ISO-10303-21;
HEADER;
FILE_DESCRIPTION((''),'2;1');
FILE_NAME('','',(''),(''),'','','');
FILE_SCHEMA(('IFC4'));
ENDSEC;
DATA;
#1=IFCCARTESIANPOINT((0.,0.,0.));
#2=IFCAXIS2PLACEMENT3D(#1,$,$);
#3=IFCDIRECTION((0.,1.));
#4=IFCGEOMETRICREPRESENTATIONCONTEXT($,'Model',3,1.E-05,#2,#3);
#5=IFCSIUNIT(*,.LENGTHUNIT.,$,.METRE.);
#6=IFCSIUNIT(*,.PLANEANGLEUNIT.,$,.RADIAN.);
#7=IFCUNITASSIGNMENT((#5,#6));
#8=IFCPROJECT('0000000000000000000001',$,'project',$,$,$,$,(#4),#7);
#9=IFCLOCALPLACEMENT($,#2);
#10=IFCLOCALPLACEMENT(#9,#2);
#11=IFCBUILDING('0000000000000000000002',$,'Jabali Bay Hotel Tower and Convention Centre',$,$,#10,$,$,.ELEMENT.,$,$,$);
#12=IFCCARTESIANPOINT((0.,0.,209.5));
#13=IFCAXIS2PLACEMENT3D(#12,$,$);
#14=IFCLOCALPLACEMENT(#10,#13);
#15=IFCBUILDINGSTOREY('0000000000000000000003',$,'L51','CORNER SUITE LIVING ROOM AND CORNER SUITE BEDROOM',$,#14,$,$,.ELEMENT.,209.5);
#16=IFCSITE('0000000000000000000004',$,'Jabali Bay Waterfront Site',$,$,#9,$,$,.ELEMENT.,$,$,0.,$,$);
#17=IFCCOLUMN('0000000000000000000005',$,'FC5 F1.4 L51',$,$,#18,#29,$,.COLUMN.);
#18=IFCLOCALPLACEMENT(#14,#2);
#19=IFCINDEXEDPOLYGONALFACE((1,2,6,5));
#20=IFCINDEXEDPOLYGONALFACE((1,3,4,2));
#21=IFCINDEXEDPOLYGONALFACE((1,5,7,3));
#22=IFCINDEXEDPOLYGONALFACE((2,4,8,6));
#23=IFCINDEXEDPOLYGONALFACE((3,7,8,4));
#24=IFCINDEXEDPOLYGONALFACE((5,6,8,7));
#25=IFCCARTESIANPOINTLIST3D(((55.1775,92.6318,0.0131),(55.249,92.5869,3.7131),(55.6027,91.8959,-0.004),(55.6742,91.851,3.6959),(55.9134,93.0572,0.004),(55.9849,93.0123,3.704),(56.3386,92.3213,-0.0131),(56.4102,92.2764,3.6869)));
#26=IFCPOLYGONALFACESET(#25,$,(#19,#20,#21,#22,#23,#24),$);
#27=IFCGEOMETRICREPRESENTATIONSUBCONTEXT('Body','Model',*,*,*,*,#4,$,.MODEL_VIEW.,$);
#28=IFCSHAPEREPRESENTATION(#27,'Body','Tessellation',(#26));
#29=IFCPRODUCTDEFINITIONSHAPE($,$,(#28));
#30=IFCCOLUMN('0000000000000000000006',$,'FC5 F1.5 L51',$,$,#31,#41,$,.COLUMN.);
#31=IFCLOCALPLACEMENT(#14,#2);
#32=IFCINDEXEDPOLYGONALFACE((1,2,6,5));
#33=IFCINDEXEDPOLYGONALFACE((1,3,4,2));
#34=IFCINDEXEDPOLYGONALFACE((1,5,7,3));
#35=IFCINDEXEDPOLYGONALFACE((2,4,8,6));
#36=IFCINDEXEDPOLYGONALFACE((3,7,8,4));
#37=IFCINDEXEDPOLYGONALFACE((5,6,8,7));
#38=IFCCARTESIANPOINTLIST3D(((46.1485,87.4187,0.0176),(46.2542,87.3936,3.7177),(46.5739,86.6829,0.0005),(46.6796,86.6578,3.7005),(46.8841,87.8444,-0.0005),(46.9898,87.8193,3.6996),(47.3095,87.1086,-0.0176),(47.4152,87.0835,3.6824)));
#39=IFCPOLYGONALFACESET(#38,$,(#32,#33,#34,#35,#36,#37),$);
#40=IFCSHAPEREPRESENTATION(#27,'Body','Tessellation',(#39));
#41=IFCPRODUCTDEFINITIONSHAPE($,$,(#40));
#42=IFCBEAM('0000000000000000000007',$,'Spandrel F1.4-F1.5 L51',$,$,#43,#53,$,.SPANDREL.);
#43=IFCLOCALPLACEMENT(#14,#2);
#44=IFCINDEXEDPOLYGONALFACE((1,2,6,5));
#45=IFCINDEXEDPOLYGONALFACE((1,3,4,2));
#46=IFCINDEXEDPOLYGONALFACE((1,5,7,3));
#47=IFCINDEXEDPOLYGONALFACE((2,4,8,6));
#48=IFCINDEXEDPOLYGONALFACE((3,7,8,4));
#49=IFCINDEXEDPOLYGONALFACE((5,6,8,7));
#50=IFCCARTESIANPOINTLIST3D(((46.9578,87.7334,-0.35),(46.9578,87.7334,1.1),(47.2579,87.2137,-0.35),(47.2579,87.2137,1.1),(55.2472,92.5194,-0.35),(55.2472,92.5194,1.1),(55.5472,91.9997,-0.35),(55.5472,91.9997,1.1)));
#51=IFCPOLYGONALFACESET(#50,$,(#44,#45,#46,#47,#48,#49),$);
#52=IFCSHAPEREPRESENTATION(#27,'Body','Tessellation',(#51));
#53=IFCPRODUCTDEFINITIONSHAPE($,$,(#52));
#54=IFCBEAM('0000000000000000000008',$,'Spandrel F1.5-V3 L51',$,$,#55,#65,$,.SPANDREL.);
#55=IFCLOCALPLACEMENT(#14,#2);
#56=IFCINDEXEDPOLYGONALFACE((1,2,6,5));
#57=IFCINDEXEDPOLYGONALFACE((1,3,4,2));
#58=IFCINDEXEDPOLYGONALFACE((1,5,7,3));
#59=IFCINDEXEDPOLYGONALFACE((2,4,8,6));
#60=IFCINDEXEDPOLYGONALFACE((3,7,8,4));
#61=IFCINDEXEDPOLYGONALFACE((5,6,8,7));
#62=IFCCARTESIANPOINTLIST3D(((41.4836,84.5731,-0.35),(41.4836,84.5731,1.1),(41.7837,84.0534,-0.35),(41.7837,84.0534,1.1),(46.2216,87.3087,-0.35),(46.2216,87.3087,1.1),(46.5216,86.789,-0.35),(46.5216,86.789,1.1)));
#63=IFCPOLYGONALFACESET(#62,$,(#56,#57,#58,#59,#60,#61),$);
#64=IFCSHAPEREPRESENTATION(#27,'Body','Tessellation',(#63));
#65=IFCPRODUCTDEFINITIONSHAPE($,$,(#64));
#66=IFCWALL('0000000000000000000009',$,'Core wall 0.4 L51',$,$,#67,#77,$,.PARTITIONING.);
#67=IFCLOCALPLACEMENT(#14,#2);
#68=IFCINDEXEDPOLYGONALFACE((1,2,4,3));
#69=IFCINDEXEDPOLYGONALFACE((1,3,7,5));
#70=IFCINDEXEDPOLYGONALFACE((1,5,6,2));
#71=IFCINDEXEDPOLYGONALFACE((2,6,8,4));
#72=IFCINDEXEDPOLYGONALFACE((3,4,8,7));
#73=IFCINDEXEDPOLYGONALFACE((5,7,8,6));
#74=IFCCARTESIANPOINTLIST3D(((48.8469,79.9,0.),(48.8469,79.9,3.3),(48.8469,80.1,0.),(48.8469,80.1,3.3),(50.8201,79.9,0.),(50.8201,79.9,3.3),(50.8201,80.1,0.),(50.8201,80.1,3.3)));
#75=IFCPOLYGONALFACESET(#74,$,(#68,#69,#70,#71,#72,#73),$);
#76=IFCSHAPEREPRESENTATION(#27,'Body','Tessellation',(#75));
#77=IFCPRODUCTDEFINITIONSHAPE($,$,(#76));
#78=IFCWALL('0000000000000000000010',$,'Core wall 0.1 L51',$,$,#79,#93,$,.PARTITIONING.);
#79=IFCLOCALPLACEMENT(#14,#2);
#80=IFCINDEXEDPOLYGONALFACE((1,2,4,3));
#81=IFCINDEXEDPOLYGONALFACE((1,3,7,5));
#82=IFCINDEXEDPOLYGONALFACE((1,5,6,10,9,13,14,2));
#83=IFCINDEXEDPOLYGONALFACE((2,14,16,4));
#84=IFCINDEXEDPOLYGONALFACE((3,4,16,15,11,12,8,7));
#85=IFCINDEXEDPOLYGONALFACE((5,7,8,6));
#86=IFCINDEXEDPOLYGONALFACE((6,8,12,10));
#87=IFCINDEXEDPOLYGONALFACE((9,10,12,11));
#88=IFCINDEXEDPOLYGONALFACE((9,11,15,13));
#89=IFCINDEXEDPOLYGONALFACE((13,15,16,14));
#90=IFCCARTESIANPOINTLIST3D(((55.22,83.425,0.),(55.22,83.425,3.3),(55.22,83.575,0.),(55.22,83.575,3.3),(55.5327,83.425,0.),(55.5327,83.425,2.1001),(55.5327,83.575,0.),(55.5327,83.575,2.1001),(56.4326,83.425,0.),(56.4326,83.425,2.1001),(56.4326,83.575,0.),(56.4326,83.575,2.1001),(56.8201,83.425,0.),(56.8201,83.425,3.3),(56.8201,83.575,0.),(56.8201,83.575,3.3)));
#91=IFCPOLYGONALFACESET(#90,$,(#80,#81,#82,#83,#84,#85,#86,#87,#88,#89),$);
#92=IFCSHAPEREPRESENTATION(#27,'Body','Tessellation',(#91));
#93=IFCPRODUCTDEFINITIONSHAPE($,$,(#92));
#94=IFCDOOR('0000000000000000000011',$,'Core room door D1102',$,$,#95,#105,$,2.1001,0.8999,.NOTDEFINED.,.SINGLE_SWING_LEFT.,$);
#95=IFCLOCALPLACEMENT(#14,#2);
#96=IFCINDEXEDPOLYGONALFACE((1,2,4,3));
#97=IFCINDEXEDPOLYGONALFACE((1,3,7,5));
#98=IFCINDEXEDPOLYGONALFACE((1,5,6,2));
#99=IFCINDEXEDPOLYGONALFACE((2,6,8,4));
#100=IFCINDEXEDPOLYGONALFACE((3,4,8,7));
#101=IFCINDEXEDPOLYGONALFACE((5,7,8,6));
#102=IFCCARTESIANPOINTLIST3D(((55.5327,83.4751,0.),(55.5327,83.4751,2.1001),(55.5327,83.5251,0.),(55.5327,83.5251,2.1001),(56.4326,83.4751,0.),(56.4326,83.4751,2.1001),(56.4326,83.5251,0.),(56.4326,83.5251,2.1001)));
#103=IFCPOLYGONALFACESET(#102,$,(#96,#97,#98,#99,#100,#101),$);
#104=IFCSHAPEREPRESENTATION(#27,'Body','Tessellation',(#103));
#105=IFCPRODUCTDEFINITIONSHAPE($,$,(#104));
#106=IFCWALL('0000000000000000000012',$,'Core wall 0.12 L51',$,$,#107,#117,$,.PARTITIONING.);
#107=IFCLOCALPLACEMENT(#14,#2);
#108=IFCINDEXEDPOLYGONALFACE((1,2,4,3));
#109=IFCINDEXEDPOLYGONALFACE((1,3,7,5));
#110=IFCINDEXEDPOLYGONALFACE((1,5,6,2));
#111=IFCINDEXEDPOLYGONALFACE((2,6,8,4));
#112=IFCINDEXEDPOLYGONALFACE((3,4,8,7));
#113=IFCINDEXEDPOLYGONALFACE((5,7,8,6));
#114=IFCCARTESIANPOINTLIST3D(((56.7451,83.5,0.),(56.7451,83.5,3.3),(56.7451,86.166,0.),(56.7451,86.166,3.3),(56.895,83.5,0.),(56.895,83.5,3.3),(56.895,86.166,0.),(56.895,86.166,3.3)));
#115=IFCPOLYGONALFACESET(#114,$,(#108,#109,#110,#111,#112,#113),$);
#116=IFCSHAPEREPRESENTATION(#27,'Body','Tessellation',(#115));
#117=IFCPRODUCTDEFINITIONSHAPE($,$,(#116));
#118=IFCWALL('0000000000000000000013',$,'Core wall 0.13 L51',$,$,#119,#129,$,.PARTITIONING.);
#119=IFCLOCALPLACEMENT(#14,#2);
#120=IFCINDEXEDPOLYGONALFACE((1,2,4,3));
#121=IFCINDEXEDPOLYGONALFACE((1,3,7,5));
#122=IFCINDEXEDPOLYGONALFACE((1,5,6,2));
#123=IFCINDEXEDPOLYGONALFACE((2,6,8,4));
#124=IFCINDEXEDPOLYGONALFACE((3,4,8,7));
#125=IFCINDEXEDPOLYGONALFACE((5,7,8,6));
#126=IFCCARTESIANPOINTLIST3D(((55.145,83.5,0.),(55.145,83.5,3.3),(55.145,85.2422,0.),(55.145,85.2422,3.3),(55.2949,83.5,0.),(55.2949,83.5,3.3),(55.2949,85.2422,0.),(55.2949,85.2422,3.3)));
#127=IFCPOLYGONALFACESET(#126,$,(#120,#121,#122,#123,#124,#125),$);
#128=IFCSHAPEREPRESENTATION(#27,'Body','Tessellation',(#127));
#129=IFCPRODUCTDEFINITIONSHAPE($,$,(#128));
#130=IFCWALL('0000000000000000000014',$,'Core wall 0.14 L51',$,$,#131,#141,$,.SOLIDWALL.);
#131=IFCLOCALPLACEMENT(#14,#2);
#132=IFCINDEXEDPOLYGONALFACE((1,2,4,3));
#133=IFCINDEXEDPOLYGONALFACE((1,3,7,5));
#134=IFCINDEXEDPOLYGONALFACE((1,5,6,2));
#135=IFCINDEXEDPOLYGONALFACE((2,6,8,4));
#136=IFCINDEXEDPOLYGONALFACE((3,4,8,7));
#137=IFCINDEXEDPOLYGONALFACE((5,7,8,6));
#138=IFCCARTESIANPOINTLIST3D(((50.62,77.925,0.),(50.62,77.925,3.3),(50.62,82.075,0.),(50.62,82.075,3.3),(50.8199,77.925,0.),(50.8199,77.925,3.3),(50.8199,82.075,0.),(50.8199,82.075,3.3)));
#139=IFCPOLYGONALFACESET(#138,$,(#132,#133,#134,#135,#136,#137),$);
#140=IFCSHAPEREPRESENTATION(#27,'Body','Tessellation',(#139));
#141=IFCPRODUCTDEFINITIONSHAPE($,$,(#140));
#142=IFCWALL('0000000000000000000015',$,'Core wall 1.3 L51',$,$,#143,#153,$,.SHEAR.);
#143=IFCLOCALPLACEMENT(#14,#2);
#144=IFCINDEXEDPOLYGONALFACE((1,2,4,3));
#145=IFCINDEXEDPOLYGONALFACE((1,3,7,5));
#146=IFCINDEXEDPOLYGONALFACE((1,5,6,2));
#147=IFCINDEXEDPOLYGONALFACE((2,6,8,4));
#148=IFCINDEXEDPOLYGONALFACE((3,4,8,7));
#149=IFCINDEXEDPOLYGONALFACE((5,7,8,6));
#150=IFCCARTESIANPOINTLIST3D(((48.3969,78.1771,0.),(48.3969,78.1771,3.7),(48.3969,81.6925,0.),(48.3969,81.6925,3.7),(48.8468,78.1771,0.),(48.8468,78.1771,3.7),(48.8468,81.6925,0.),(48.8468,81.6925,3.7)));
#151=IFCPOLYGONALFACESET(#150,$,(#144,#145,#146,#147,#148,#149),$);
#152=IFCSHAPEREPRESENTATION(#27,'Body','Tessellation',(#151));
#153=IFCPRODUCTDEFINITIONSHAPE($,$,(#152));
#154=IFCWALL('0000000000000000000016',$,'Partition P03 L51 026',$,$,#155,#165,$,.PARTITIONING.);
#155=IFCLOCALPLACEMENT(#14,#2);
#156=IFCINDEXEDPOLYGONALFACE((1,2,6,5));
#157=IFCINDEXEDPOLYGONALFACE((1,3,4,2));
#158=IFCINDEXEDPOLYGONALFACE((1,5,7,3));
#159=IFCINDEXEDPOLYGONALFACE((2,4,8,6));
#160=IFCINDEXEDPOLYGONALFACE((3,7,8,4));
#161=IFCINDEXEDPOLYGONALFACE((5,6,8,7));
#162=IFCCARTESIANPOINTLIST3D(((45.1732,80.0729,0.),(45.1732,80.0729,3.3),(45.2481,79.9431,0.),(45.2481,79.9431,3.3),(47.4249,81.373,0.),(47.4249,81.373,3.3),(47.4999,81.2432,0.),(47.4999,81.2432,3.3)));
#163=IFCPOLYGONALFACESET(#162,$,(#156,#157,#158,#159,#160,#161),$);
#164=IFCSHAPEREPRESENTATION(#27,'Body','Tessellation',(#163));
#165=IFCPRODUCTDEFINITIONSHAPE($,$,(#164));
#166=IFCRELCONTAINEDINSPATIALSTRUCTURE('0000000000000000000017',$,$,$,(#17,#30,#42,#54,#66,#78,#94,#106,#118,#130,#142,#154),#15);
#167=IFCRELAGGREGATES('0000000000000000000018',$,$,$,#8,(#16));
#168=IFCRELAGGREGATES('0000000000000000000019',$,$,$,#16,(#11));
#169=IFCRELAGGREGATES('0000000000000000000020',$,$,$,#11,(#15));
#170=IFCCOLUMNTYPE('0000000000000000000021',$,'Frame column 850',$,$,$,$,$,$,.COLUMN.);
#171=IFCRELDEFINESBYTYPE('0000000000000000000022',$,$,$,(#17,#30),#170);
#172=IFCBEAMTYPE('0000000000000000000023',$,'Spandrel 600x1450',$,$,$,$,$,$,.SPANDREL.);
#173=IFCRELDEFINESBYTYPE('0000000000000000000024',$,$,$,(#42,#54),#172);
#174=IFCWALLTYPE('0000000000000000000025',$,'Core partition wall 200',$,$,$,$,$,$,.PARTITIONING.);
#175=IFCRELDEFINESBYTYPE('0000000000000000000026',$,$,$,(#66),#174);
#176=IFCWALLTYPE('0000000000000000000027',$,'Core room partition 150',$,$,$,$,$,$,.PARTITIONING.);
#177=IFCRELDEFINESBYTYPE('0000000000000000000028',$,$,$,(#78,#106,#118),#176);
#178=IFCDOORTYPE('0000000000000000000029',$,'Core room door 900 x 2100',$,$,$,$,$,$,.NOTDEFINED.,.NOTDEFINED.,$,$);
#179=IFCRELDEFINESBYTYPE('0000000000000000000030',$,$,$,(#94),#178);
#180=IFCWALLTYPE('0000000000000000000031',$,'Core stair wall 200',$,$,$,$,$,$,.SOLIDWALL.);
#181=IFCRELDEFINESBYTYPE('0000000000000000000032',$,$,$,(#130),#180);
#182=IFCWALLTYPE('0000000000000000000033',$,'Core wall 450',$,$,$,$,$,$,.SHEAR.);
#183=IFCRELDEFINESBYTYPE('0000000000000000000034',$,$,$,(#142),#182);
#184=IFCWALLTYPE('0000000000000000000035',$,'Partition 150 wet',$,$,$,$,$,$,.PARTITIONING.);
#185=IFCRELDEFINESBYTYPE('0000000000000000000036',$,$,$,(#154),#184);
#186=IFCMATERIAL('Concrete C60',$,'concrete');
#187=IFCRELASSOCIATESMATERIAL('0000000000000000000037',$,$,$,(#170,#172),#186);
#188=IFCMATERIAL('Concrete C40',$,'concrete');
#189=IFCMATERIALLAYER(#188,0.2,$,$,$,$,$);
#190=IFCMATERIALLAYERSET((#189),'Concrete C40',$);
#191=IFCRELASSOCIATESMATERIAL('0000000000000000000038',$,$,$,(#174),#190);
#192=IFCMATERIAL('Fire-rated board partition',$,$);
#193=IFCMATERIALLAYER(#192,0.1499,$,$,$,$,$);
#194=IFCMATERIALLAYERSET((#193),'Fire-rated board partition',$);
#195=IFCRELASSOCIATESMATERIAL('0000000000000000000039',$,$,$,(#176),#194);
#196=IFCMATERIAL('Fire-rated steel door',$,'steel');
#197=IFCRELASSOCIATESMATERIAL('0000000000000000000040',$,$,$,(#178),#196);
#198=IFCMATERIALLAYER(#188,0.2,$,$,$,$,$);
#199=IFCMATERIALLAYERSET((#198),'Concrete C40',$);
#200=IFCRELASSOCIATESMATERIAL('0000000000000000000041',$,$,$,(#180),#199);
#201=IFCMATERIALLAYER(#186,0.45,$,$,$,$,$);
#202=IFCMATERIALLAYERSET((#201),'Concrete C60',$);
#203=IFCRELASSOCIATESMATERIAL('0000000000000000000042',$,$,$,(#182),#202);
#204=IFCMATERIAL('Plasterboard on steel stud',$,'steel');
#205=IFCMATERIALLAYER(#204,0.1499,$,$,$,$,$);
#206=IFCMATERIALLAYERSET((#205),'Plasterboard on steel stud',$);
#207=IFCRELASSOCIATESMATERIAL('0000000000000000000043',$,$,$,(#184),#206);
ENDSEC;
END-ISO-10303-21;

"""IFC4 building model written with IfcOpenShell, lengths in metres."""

from ifc_helpers import new_model, si_unit, direction, frame, frame_2d, origin, origin_2d, place, context, subcontext, project, spatial, rectangle, extrude, material, layer, layer_set, material_profile, profile_set, type_object, element, fill, save


model = new_model("IFC4")

# Units and contexts
model_context = context("Model", 3, precision=1e-05, world=origin(), true_north=direction((0.0, 1.0)))
body_context = subcontext(model_context, "Body", "Model", "MODEL_VIEW")
ifc_project = project(units=[si_unit("LENGTHUNIT", "METRE"), si_unit("PLANEANGLEUNIT", "RADIAN")], contexts=[model_context])

# Site, building, storey
site_placement = place(None, origin())
site = spatial("IfcSite", under=ifc_project, at=site_placement, Name="Jabali Bay Waterfront Site", CompositionType="ELEMENT", RefElevation=0.0)
building_placement = place(site_placement, origin())
building = spatial("IfcBuilding", under=site, at=building_placement, Name="Jabali Bay Hotel Tower and Convention Centre", CompositionType="ELEMENT")
storey_placement = place(building_placement, frame((0.0, 0.0, 209.5)))
storey = spatial("IfcBuildingStorey", under=building, at=storey_placement, Name="L51", Description="CORNER SUITE LIVING ROOM AND CORNER SUITE BEDROOM", CompositionType="ELEMENT", Elevation=209.5)

# Columns
ifc_material_1 = material(Name="Concrete C60", Category="concrete")
ifc_material_profile_1 = material_profile(ifc_material_1, rectangle(XDim=0.8501, YDim=0.8501, at=origin_2d()), Name="Frame column 850")
ifc_profile_set_1 = profile_set([ifc_material_profile_1], Name="Concrete C60")
column_type = type_object("IfcColumnType", Name="Frame column 850", PredefinedType="COLUMN", material=ifc_profile_set_1)
column_1_placement = place(storey_placement, frame((55.7581, 92.4766, 0.0), z_axis=(0.019329, -0.012138, 0.99974), x_axis=(-0.500214, 0.865666, 0.020181)))
element("IfcColumn", 1, at=column_1_placement, inside=storey, type_object=column_type, Name="FC5 F1.4 L51", PredefinedType="COLUMN", context=body_context, shape_type="SweptSolid", body=[
    extrude(rectangle(XDim=0.8501, YDim=0.8501, at=origin_2d()), origin(), (0.0, 0.0, 1.0), 3.7009),
])
column_2_placement = place(storey_placement, frame((46.729, 87.2637, 0.0), z_axis=(0.028559, -0.006794, 0.999569), x_axis=(-0.500398, 0.86556, 0.02018)))
element("IfcColumn", 2, at=column_2_placement, inside=storey, type_object=column_type, Name="FC5 F1.5 L51", PredefinedType="COLUMN", context=body_context, shape_type="SweptSolid", body=[
    extrude(rectangle(XDim=0.8501, YDim=0.8501, at=origin_2d()), origin(), (0.0, 0.0, 1.0), 3.7017),
])

# Beams
ifc_material_profile_2 = material_profile(ifc_material_1, rectangle(XDim=0.6001, YDim=1.45, at=origin_2d()), Name="Spandrel 600x1450")
ifc_profile_set_2 = profile_set([ifc_material_profile_2], Name="Concrete C60")
beam_type = type_object("IfcBeamType", Name="Spandrel 600x1450", PredefinedType="SPANDREL", material=ifc_profile_set_2)
beam_1_placement = place(storey_placement, frame((55.3972, 92.2595, 0.375), z_axis=(-0.866023, -0.500004, 0.0), x_axis=(0.500004, -0.866023, 0.0)))
element("IfcBeam", 3, at=beam_1_placement, inside=storey, type_object=beam_type, Name="Spandrel F1.4-F1.5 L51", PredefinedType="SPANDREL", context=body_context, shape_type="SweptSolid", body=[
    extrude(rectangle(XDim=0.6001, YDim=1.45, at=origin_2d()), origin(), (0.0, 0.0, 1.0), 9.5718),
])
beam_2_placement = place(storey_placement, frame((46.3716, 87.0488, 0.375), z_axis=(-0.866018, -0.500012, 0.0), x_axis=(0.500012, -0.866018, 0.0)))
element("IfcBeam", 4, at=beam_2_placement, inside=storey, type_object=beam_type, Name="Spandrel F1.5-V3 L51", PredefinedType="SPANDREL", context=body_context, shape_type="SweptSolid", body=[
    extrude(rectangle(XDim=0.6001, YDim=1.45, at=origin_2d()), origin(), (0.0, 0.0, 1.0), 5.4709),
])

# Wall
ifc_material_2 = material(Name="Concrete C40", Category="concrete")
ifc_layer_1 = layer(ifc_material_2, 0.2)
ifc_layer_set_1 = layer_set([ifc_layer_1], Name="Concrete C40")
wall_type_1 = type_object("IfcWallType", Name="Core partition wall 200", PredefinedType="PARTITIONING", material=ifc_layer_set_1)
wall_1_placement = place(storey_placement, frame((50.8201, 80.0, 0.0), z_axis=(0.0, 0.0, 1.0), x_axis=(-1.0, 0.0, 0.0)))
element("IfcWall", 5, at=wall_1_placement, inside=storey, type_object=wall_type_1, Name="Core wall 0.4 L51", PredefinedType="PARTITIONING", context=body_context, shape_type="SweptSolid", body=[
    extrude(rectangle(XDim=1.9731, YDim=0.2, at=frame_2d((0.9866, 0.0))), origin(), (0.0, 0.0, 1.0), 3.3),
])

# Wall, opening, door
ifc_material_3 = material(Name="Fire-rated board partition")
ifc_layer_2 = layer(ifc_material_3, 0.1499)
ifc_layer_set_2 = layer_set([ifc_layer_2], Name="Fire-rated board partition")
wall_type_2 = type_object("IfcWallType", Name="Core room partition 150", PredefinedType="PARTITIONING", material=ifc_layer_set_2)
wall_2_placement = place(storey_placement, frame((56.8201, 83.5, 0.0), z_axis=(0.0, 0.0, 1.0), x_axis=(-1.0, 0.0, 0.0)))
wall_2 = element("IfcWall", 6, at=wall_2_placement, inside=storey, type_object=wall_type_2, Name="Core wall 0.1 L51", PredefinedType="PARTITIONING", context=body_context, shape_type="SweptSolid", body=[
    extrude(rectangle(XDim=1.6001, YDim=0.1499, at=frame_2d((0.8, 0.0))), origin(), (0.0, 0.0, 1.0), 3.3),
])
opening_placement = place(wall_2_placement, frame((0.3875, 0.0, 0.0)))
opening = element("IfcOpeningElement", 7, at=opening_placement, cuts=wall_2, PredefinedType="OPENING", context=body_context, shape_type="SweptSolid", body=[
    extrude(rectangle(XDim=0.8999, YDim=2.1001, at=frame_2d((0.45, 1.05))), frame((0.0, 0.0854, 0.0), z_axis=(0.0, -1.0, 0.0), x_axis=(1.0, 0.0, 0.0)), (0.0, 0.0, 1.0), 0.1709),
])
ifc_material_4 = material(Name="Fire-rated steel door", Category="steel")
door_type = type_object("IfcDoorType", Name="Core room door 900 x 2100", OperationType="NOTDEFINED", PredefinedType="NOTDEFINED", material=ifc_material_4)
door_placement = place(opening_placement, origin())
door = element("IfcDoor", 8, at=door_placement, inside=storey, type_object=door_type, Name="Core room door D1102", OperationType="SINGLE_SWING_LEFT", OverallHeight=2.1001, OverallWidth=0.8999, PredefinedType="NOTDEFINED", context=body_context, shape_type="SweptSolid", body=[
    extrude(rectangle(XDim=0.8999, YDim=2.1001, at=frame_2d((0.45, 1.05))), frame((0.0, 0.0249, 0.0), z_axis=(0.0, -1.0, 0.0), x_axis=(1.0, 0.0, 0.0)), (0.0, 0.0, 1.0), 0.05),
])
fill(opening, door)

# Walls
wall_3_placement = place(storey_placement, frame((56.8201, 86.166, 0.0), z_axis=(0.0, 0.0, 1.0), x_axis=(0.0, -1.0, 0.0)))
element("IfcWall", 9, at=wall_3_placement, inside=storey, type_object=wall_type_2, Name="Core wall 0.12 L51", PredefinedType="PARTITIONING", context=body_context, shape_type="SweptSolid", body=[
    extrude(rectangle(XDim=2.666, YDim=0.1499, at=frame_2d((1.333, 0.0))), origin(), (0.0, 0.0, 1.0), 3.3),
])
wall_4_placement = place(storey_placement, frame((55.22, 85.2422, 0.0), z_axis=(0.0, 0.0, 1.0), x_axis=(0.0, -1.0, 0.0)))
element("IfcWall", 10, at=wall_4_placement, inside=storey, type_object=wall_type_2, Name="Core wall 0.13 L51", PredefinedType="PARTITIONING", context=body_context, shape_type="SweptSolid", body=[
    extrude(rectangle(XDim=1.7422, YDim=0.1499, at=frame_2d((0.8711, 0.0))), origin(), (0.0, 0.0, 1.0), 3.3),
])
ifc_layer_3 = layer(ifc_material_2, 0.2)
ifc_layer_set_3 = layer_set([ifc_layer_3], Name="Concrete C40")
wall_type_3 = type_object("IfcWallType", Name="Core stair wall 200", PredefinedType="SOLIDWALL", material=ifc_layer_set_3)
wall_5_placement = place(storey_placement, frame((50.72, 82.075, 0.0), z_axis=(0.0, 0.0, 1.0), x_axis=(0.0, -1.0, 0.0)))
element("IfcWall", 11, at=wall_5_placement, inside=storey, type_object=wall_type_3, Name="Core wall 0.14 L51", PredefinedType="SOLIDWALL", context=body_context, shape_type="SweptSolid", body=[
    extrude(rectangle(XDim=4.1499, YDim=0.2, at=frame_2d((2.075, 0.0))), origin(), (0.0, 0.0, 1.0), 3.3),
])
ifc_layer_4 = layer(ifc_material_1, 0.45)
ifc_layer_set_4 = layer_set([ifc_layer_4], Name="Concrete C60")
wall_type_4 = type_object("IfcWallType", Name="Core wall 450", PredefinedType="SHEAR", material=ifc_layer_set_4)
wall_6_placement = place(storey_placement, frame((48.6218, 81.6926, 0.0), z_axis=(0.0, 0.0, 1.0), x_axis=(0.0, -1.0, 0.0)))
element("IfcWall", 12, at=wall_6_placement, inside=storey, type_object=wall_type_4, Name="Core wall 1.3 L51", PredefinedType="SHEAR", context=body_context, shape_type="SweptSolid", body=[
    extrude(rectangle(XDim=3.5154, YDim=0.45, at=frame_2d((1.7578, 0.0))), origin(), (0.0, 0.0, 1.0), 3.7),
])
ifc_material_5 = material(Name="Plasterboard on steel stud", Category="steel")
ifc_layer_5 = layer(ifc_material_5, 0.1499)
ifc_layer_set_5 = layer_set([ifc_layer_5], Name="Plasterboard on steel stud")
wall_type_5 = type_object("IfcWallType", Name="Partition 150 wet", PredefinedType="PARTITIONING", material=ifc_layer_set_5)
wall_7_placement = place(storey_placement, frame((47.4624, 81.3081, 0.0), z_axis=(0.0, 0.0, 1.0), x_axis=(-0.866021, -0.500007, 0.0)))
element("IfcWall", 13, at=wall_7_placement, inside=storey, type_object=wall_type_5, Name="Partition P03 L51 026", PredefinedType="PARTITIONING", context=body_context, shape_type="SweptSolid", body=[
    extrude(rectangle(XDim=2.6001, YDim=0.1499, at=frame_2d((1.3, 0.0))), origin(), (0.0, 0.0, 1.0), 3.3),
])

save(model, "model.ifc")
